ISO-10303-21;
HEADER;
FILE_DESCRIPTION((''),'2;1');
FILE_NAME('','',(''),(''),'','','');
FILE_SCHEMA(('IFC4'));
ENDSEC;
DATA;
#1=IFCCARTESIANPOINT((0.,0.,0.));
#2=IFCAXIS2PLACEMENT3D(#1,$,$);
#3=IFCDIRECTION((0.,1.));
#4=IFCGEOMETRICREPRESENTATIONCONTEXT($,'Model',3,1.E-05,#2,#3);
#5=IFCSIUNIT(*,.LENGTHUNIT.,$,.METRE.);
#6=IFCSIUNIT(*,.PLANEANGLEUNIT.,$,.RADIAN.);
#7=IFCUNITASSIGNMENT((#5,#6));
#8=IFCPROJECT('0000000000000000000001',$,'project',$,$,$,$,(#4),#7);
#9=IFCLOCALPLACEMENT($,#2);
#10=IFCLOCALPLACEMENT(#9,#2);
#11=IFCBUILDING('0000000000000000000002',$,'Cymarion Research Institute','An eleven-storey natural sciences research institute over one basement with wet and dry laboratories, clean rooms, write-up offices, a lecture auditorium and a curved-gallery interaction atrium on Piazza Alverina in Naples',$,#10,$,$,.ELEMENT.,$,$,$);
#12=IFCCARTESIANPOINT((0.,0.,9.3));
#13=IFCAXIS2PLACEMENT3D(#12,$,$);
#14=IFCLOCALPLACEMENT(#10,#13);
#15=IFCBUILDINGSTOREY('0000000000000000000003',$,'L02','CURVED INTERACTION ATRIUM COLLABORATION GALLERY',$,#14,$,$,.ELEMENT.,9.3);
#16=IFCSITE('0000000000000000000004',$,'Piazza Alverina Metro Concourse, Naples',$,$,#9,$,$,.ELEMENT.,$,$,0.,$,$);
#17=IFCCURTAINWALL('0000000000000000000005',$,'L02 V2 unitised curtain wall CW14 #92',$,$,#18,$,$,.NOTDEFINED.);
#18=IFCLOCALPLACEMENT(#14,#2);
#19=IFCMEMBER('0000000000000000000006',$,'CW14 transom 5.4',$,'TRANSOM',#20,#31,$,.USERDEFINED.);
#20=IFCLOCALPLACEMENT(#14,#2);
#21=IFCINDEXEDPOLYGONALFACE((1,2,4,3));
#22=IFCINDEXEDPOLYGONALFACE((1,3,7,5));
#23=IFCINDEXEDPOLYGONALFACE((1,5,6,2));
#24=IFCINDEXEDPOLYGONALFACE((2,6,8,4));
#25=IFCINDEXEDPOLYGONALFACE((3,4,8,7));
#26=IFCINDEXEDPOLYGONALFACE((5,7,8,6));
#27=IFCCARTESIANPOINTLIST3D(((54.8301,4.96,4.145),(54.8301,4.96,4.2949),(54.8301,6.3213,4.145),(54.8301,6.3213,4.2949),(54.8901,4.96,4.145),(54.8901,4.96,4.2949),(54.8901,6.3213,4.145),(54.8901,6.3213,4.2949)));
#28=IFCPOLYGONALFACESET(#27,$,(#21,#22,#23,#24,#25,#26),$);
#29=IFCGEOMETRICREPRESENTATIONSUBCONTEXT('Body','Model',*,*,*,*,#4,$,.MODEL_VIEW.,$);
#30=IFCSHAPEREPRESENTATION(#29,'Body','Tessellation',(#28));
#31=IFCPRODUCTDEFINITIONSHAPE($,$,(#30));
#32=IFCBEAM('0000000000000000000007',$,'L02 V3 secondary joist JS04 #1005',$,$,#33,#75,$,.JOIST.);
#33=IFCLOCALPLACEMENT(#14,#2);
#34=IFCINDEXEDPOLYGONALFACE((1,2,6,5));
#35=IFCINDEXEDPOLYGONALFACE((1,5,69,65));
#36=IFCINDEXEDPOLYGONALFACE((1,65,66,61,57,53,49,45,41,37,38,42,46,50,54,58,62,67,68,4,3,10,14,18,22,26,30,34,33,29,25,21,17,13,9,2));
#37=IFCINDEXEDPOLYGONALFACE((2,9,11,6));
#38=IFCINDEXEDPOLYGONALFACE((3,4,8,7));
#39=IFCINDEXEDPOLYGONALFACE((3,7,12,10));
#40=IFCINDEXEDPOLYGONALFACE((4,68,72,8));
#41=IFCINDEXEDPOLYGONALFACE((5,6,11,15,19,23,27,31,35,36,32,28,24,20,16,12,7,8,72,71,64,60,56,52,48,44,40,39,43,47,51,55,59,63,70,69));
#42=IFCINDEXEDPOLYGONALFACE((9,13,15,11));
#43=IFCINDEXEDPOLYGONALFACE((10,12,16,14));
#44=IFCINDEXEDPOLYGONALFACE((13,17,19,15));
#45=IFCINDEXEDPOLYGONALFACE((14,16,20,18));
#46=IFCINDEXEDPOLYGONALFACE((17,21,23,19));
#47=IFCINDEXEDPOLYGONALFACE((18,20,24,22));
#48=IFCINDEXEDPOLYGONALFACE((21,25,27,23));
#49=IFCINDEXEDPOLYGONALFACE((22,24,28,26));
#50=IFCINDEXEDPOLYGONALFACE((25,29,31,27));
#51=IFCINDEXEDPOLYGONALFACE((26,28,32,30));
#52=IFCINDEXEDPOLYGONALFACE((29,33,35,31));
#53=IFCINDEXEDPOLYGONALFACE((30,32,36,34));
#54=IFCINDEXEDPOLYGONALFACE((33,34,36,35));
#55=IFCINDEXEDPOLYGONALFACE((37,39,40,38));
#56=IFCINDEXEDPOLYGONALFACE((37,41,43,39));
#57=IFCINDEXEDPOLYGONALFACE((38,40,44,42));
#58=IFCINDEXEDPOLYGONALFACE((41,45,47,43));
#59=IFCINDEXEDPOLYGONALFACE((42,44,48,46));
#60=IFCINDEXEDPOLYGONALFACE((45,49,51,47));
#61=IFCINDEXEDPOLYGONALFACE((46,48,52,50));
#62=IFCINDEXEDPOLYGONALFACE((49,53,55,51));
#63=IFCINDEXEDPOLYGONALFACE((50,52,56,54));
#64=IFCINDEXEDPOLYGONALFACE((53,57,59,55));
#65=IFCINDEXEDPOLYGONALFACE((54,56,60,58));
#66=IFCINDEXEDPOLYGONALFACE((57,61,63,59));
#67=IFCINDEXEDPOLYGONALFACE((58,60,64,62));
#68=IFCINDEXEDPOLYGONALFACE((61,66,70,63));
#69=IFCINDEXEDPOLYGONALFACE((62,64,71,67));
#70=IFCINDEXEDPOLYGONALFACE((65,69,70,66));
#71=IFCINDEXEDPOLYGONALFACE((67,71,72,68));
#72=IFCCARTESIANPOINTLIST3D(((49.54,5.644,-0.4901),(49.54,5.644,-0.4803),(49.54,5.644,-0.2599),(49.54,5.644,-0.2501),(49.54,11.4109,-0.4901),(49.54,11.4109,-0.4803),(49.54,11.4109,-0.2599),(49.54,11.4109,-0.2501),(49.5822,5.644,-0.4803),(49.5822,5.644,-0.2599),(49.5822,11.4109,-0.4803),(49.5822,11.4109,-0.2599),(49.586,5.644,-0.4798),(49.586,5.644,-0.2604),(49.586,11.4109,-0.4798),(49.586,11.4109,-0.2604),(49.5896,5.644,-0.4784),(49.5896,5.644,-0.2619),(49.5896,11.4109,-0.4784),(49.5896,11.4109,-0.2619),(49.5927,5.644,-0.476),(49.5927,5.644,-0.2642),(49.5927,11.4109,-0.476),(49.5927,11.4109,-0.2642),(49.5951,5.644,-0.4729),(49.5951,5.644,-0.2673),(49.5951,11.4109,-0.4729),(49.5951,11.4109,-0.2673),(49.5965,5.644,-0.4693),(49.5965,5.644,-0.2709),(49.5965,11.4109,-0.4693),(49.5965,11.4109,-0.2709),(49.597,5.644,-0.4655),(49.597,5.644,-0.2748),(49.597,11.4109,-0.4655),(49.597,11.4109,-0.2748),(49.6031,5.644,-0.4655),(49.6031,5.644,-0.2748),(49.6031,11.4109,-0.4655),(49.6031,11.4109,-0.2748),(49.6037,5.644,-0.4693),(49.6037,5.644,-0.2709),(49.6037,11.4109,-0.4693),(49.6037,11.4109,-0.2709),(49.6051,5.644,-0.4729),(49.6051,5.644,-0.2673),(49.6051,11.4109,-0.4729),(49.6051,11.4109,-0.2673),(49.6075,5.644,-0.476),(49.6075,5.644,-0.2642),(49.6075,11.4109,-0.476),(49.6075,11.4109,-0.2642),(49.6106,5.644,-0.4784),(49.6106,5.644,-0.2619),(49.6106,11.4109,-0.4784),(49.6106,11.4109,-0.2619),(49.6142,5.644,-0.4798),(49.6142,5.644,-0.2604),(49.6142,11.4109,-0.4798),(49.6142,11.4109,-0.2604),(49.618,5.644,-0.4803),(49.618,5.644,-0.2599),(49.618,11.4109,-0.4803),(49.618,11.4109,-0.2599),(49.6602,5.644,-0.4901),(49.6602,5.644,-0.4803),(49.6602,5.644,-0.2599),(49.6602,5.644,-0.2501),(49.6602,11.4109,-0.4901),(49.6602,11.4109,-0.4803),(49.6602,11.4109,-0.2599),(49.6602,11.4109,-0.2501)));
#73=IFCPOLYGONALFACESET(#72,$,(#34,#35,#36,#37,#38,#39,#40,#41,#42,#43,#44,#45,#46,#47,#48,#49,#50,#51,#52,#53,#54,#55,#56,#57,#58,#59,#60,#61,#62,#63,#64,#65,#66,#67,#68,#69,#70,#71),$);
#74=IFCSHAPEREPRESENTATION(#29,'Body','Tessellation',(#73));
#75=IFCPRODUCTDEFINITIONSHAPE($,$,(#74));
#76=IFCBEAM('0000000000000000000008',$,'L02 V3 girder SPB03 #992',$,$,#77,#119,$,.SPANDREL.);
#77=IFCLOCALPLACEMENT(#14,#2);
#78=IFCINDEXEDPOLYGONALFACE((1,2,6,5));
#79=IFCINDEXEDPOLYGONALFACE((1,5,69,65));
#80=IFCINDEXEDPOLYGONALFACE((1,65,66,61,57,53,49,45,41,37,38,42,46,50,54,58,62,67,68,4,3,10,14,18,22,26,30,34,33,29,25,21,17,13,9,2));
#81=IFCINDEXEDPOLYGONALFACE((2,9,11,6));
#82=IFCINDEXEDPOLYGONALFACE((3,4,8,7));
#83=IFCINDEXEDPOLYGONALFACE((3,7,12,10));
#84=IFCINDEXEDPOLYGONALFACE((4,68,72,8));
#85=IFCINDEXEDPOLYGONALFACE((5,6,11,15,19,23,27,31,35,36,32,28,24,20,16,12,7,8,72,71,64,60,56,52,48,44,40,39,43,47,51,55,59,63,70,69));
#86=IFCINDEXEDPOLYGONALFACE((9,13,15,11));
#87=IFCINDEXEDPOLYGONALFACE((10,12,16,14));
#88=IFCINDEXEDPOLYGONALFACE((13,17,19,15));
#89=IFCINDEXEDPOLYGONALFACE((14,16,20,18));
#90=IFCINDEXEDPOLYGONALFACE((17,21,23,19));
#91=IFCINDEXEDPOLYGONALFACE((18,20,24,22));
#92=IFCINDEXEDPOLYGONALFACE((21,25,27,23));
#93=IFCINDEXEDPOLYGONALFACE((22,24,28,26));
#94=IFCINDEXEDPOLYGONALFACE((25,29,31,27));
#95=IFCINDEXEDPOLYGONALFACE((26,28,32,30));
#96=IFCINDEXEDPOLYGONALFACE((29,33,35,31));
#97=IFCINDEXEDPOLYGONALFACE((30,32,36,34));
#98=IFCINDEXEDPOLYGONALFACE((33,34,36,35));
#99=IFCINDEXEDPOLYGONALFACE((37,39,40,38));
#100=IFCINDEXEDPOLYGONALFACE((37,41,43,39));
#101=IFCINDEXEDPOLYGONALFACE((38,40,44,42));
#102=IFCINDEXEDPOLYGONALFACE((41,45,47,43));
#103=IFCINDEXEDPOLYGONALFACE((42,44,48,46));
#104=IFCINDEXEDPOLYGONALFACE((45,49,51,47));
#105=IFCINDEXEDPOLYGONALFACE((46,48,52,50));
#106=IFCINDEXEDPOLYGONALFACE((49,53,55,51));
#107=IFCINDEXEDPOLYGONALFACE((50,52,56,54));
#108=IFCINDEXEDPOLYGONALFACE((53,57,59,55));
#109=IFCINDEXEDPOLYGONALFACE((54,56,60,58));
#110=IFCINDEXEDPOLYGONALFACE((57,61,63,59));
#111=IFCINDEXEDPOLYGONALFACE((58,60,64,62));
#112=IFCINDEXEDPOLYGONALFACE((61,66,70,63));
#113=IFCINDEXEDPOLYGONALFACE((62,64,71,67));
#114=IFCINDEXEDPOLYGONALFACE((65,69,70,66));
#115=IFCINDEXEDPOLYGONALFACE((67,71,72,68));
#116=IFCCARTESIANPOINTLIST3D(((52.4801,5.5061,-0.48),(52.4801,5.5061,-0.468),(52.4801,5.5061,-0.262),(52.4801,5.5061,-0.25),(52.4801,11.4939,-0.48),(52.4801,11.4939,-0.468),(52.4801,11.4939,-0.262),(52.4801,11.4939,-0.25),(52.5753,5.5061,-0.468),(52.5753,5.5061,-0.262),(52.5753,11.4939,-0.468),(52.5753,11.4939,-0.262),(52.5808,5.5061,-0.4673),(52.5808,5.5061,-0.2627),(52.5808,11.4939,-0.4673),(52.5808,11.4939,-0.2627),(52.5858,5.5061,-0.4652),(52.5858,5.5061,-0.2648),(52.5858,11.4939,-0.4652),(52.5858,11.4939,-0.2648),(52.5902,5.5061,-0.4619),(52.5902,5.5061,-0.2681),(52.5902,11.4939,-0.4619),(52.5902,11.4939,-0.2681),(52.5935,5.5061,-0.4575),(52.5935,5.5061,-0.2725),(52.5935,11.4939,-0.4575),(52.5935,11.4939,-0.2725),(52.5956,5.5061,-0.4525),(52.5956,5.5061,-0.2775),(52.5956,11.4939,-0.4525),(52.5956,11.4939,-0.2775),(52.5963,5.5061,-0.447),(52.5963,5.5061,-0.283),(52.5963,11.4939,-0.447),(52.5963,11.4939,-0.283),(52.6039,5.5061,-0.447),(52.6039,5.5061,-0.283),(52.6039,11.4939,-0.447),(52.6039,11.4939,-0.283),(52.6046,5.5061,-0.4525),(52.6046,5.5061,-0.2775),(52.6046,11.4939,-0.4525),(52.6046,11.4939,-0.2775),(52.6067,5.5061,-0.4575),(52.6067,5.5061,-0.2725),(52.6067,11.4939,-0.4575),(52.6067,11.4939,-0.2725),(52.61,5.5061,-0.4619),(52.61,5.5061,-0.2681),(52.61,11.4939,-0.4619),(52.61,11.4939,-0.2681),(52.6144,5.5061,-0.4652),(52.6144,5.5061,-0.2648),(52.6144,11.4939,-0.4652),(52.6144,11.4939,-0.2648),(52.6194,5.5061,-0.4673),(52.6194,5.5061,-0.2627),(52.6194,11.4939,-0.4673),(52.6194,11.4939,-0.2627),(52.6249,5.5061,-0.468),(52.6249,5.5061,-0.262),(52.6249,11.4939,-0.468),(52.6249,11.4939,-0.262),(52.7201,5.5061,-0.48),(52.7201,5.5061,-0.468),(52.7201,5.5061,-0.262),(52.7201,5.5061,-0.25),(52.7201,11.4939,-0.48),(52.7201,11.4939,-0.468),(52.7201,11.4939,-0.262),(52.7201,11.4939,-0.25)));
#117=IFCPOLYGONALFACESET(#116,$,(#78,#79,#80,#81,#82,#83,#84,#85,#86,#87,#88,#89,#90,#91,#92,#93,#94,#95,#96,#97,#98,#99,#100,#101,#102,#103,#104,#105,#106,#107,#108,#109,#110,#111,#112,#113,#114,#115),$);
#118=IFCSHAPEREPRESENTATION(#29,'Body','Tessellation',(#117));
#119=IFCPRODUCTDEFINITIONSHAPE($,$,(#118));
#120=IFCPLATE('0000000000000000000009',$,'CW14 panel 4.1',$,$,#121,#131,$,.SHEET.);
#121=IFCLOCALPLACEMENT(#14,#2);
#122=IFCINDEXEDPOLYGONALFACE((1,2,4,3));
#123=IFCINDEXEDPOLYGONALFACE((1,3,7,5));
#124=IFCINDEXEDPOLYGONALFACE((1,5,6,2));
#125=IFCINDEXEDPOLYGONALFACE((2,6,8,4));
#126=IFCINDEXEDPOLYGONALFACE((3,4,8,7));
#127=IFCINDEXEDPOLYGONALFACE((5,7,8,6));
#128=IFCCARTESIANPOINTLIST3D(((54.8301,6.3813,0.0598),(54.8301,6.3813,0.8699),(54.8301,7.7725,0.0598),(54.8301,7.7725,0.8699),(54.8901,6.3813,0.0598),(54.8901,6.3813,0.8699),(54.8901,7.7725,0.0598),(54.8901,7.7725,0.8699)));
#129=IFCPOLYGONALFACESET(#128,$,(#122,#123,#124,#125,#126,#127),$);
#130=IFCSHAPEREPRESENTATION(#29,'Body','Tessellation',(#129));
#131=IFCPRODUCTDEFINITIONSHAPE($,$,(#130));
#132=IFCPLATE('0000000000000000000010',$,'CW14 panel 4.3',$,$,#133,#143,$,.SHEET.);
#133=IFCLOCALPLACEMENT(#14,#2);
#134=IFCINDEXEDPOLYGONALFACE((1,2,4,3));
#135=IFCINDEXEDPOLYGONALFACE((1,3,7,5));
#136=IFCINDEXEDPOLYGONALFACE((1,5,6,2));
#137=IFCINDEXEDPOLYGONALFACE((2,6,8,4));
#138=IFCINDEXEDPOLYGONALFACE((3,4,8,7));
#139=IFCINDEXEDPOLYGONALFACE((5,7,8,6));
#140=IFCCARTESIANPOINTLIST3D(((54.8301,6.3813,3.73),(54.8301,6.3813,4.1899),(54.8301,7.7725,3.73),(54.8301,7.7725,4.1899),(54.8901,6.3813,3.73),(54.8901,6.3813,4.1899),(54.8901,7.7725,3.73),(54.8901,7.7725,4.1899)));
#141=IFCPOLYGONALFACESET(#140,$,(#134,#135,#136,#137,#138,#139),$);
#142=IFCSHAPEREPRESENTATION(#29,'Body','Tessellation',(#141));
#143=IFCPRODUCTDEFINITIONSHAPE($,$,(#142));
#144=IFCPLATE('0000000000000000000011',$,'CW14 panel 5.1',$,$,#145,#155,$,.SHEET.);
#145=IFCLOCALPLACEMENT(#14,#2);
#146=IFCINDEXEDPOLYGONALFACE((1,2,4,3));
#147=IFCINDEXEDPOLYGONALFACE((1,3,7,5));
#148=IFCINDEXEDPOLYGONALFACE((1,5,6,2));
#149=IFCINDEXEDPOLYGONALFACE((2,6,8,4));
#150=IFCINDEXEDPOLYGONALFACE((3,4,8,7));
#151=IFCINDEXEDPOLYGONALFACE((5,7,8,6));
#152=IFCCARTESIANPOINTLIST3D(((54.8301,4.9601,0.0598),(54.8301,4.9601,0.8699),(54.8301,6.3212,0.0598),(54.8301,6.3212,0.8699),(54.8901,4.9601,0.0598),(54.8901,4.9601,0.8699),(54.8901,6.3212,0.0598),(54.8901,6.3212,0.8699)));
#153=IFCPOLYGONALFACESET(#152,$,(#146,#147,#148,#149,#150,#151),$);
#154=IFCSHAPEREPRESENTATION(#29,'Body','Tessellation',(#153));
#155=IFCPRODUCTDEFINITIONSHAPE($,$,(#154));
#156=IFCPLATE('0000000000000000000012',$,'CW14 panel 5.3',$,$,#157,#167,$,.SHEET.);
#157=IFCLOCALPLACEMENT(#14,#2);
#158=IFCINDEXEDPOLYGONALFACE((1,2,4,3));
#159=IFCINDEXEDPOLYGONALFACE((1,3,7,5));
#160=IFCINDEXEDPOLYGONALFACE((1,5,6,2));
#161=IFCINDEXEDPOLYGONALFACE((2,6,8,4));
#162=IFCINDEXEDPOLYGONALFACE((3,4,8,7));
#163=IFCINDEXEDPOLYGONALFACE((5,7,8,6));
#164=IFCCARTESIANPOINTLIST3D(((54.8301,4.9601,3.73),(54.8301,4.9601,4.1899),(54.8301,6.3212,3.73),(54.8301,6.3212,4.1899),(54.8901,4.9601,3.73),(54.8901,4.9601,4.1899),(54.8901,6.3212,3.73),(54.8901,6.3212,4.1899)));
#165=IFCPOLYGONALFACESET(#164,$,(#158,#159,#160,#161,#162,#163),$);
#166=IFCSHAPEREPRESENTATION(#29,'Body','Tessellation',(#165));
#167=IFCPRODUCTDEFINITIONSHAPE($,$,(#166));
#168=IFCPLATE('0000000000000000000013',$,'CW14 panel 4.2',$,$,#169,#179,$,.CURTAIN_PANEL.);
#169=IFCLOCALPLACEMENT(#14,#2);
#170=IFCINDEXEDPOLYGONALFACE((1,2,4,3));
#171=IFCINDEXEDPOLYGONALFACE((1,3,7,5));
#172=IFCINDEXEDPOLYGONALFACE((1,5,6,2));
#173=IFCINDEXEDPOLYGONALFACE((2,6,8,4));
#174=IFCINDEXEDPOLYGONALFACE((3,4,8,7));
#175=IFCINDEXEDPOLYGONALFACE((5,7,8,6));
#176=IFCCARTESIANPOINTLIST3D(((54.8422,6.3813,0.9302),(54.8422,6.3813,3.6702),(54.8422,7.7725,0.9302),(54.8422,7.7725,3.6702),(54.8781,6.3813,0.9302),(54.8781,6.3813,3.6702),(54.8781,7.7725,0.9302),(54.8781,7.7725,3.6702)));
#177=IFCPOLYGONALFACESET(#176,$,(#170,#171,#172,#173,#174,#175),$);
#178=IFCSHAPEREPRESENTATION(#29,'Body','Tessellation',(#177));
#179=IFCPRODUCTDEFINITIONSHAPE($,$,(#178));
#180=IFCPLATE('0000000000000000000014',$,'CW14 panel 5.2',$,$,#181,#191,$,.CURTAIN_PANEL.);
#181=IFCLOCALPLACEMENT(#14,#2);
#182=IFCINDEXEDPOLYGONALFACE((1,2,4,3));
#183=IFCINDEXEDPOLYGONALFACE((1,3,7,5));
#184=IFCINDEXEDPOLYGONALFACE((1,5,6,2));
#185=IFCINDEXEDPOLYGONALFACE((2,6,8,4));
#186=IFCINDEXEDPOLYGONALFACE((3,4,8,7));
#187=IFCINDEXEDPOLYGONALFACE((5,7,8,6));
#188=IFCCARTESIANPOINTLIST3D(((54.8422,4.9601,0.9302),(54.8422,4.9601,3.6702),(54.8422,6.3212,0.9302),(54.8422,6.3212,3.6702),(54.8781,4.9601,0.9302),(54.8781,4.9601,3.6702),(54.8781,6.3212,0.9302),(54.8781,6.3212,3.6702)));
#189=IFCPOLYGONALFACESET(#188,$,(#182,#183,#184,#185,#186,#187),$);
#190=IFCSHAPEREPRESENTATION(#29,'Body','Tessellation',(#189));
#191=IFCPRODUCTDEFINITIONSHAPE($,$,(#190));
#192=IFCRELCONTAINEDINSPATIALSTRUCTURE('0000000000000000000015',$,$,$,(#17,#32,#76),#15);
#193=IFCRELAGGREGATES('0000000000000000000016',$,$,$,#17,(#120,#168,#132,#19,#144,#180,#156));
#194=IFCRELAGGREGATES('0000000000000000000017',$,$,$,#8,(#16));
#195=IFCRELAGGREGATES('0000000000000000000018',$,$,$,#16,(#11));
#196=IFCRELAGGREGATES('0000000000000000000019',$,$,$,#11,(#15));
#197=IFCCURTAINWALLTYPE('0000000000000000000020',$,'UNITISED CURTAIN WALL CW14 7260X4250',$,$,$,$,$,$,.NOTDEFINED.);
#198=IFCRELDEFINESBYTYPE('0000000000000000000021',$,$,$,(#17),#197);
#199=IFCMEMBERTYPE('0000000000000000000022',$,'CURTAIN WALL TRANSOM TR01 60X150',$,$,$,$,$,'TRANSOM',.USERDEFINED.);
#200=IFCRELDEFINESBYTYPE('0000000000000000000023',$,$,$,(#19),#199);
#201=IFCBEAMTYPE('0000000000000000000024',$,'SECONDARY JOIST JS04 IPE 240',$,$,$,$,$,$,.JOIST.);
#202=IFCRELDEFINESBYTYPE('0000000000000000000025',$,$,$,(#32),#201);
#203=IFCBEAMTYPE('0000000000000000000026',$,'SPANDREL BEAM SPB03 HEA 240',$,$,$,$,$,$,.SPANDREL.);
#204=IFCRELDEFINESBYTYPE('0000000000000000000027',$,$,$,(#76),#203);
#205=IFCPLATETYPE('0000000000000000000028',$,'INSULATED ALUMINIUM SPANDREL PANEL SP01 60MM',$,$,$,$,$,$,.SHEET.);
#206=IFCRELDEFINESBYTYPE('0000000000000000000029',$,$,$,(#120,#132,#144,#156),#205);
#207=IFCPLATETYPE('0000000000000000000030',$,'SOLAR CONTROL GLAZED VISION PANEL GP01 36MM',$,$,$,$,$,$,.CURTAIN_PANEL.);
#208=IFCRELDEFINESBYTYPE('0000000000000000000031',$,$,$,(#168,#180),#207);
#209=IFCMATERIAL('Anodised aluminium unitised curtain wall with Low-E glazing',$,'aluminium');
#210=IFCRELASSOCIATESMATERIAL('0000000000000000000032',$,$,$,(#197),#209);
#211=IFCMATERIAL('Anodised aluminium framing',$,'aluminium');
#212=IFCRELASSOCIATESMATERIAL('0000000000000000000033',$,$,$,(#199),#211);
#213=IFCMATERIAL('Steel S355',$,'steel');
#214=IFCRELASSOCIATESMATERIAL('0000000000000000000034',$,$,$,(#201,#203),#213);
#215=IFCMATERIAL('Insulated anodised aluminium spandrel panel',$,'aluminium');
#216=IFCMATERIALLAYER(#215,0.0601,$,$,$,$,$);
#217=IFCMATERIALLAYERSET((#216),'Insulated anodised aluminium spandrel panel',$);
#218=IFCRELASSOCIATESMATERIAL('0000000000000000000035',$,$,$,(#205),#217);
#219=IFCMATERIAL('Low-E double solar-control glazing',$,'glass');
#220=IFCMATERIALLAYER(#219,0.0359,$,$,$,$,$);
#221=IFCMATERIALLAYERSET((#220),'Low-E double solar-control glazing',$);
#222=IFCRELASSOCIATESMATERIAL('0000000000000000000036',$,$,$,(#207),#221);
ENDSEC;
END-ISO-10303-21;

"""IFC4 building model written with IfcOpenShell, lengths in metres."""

from ifc_helpers import new_model, si_unit, direction, frame, origin, origin_2d, place, context, subcontext, project, spatial, rectangle, i_section, extrude, material, layer, layer_set, material_profile, profile_set, type_object, element, aggregate, save


model = new_model("IFC4")

# Units and contexts
model_context = context("Model", 3, precision=1e-05, world=origin(), true_north=direction((0.0, 1.0)))
body_context = subcontext(model_context, "Body", "Model", "MODEL_VIEW")
ifc_project = project(units=[si_unit("LENGTHUNIT", "METRE"), si_unit("PLANEANGLEUNIT", "RADIAN")], contexts=[model_context])

# Site, building, storey
site_placement = place(None, origin())
site = spatial("IfcSite", under=ifc_project, at=site_placement, Name="Piazza Alverina Metro Concourse, Naples", CompositionType="ELEMENT", RefElevation=0.0)
building_placement = place(site_placement, origin())
building = spatial("IfcBuilding", under=site, at=building_placement, Name="Cymarion Research Institute", Description="An eleven-storey natural sciences research institute over one basement with wet and dry laboratories, clean rooms, write-up offices, a lecture auditorium and a curved-gallery interaction atrium on Piazza Alverina in Naples", CompositionType="ELEMENT")
storey_placement = place(building_placement, frame((0.0, 0.0, 9.3)))
storey = spatial("IfcBuildingStorey", under=building, at=storey_placement, Name="L02", Description="CURVED INTERACTION ATRIUM COLLABORATION GALLERY", CompositionType="ELEMENT", Elevation=9.3)

# Shared definitions
ifc_material_1 = material(Name="Steel S355", Category="steel")

# Curtain wall, member
ifc_material_2 = material(Name="Anodised aluminium unitised curtain wall with Low-E glazing", Category="aluminium")
curtain_wall_type = type_object("IfcCurtainWallType", Name="UNITISED CURTAIN WALL CW14 7260X4250", PredefinedType="NOTDEFINED", material=ifc_material_2)
curtain_wall_placement = place(storey_placement, origin())
curtain_wall = element("IfcCurtainWall", 1, at=curtain_wall_placement, inside=storey, type_object=curtain_wall_type, Name="L02 V2 unitised curtain wall CW14 #92", PredefinedType="NOTDEFINED")
ifc_material_3 = material(Name="Anodised aluminium framing", Category="aluminium")
ifc_material_profile_1 = material_profile(ifc_material_3, rectangle(XDim=0.0601, YDim=0.1499, at=origin_2d()), Name="ALU TRANSOM 60x150")
ifc_profile_set_1 = profile_set([ifc_material_profile_1], Name="Anodised aluminium framing")
member_type_1 = type_object("IfcMemberType", Name="CURTAIN WALL TRANSOM TR01 60X150", ElementType="TRANSOM", PredefinedType="USERDEFINED", material=ifc_profile_set_1)
member_1_placement = place(storey_placement, frame((54.8601, 6.3213, 4.22), z_axis=(0.0, -1.0, 0.0), x_axis=(1.0, 0.0, 0.0)))
member_1 = element("IfcMember", 2, at=member_1_placement, type_object=member_type_1, Name="CW14 transom 5.4", ObjectType="TRANSOM", PredefinedType="USERDEFINED", context=body_context, shape_type="SweptSolid", body=[
    extrude(rectangle(XDim=0.0601, YDim=0.1499, at=origin_2d()), origin(), (0.0, 0.0, 1.0), 1.3613),
])

# Beams
ifc_material_profile_2 = material_profile(ifc_material_1, i_section(OverallWidth=0.1201, OverallDepth=0.24, WebThickness=0.0061, FlangeThickness=0.0098, FilletRadius=0.0149, at=origin_2d()), Name="IPE 240")
ifc_profile_set_2 = profile_set([ifc_material_profile_2], Name="Steel S355")
beam_type_1 = type_object("IfcBeamType", Name="SECONDARY JOIST JS04 IPE 240", PredefinedType="JOIST", material=ifc_profile_set_2)
beam_1_placement = place(storey_placement, frame((49.6001, 5.644, -0.3701), z_axis=(0.0, 1.0, 0.0), x_axis=(-1.0, 0.0, 0.0)))
element("IfcBeam", 3, at=beam_1_placement, inside=storey, type_object=beam_type_1, Name="L02 V3 secondary joist JS04 #1005", PredefinedType="JOIST", context=body_context, shape_type="SweptSolid", body=[
    extrude(i_section(OverallWidth=0.1201, OverallDepth=0.24, WebThickness=0.0061, FlangeThickness=0.0098, FilletRadius=0.0149, at=origin_2d()), origin(), (0.0, 0.0, 1.0), 5.7668),
])
ifc_material_profile_3 = material_profile(ifc_material_1, i_section(OverallWidth=0.24, OverallDepth=0.23, WebThickness=0.0076, FlangeThickness=0.012, FilletRadius=0.021, at=origin_2d()), Name="HEA 240")
ifc_profile_set_3 = profile_set([ifc_material_profile_3], Name="Steel S355")
beam_type_2 = type_object("IfcBeamType", Name="SPANDREL BEAM SPB03 HEA 240", PredefinedType="SPANDREL", material=ifc_profile_set_3)
beam_2_placement = place(storey_placement, frame((52.6001, 5.5061, -0.365), z_axis=(0.0, 1.0, 0.0), x_axis=(-1.0, 0.0, 0.0)))
element("IfcBeam", 4, at=beam_2_placement, inside=storey, type_object=beam_type_2, Name="L02 V3 girder SPB03 #992", PredefinedType="SPANDREL", context=body_context, shape_type="SweptSolid", body=[
    extrude(i_section(OverallWidth=0.24, OverallDepth=0.23, WebThickness=0.0076, FlangeThickness=0.012, FilletRadius=0.021, at=origin_2d()), origin(), (0.0, 0.0, 1.0), 5.9878),
])

# Plates
ifc_material_4 = material(Name="Insulated anodised aluminium spandrel panel", Category="aluminium")
ifc_layer_1 = layer(ifc_material_4, 0.0601)
ifc_layer_set_1 = layer_set([ifc_layer_1], Name="Insulated anodised aluminium spandrel panel")
plate_type_1 = type_object("IfcPlateType", Name="INSULATED ALUMINIUM SPANDREL PANEL SP01 60MM", PredefinedType="SHEET", material=ifc_layer_set_1)
plate_1_placement = place(storey_placement, frame((54.8601, 7.0769, 0.0598), z_axis=(0.0, 0.0, 1.0), x_axis=(0.0, -1.0, 0.0)))
plate_1 = element("IfcPlate", 5, at=plate_1_placement, type_object=plate_type_1, Name="CW14 panel 4.1", PredefinedType="SHEET", context=body_context, shape_type="SweptSolid", body=[
    extrude(rectangle(XDim=1.3911, YDim=0.0601, at=origin_2d()), origin(), (0.0, 0.0, 1.0), 0.8101),
])
plate_2_placement = place(storey_placement, frame((54.8601, 7.0769, 3.73), z_axis=(0.0, 0.0, 1.0), x_axis=(0.0, -1.0, 0.0)))
plate_2 = element("IfcPlate", 6, at=plate_2_placement, type_object=plate_type_1, Name="CW14 panel 4.3", PredefinedType="SHEET", context=body_context, shape_type="SweptSolid", body=[
    extrude(rectangle(XDim=1.3911, YDim=0.0601, at=origin_2d()), origin(), (0.0, 0.0, 1.0), 0.46),
])
plate_3_placement = place(storey_placement, frame((54.8601, 5.6406, 0.0598), z_axis=(0.0, 0.0, 1.0), x_axis=(0.0, -1.0, 0.0)))
plate_3 = element("IfcPlate", 7, at=plate_3_placement, type_object=plate_type_1, Name="CW14 panel 5.1", PredefinedType="SHEET", context=body_context, shape_type="SweptSolid", body=[
    extrude(rectangle(XDim=1.3611, YDim=0.0601, at=origin_2d()), origin(), (0.0, 0.0, 1.0), 0.8101),
])
plate_4_placement = place(storey_placement, frame((54.8601, 5.6406, 3.73), z_axis=(0.0, 0.0, 1.0), x_axis=(0.0, -1.0, 0.0)))
plate_4 = element("IfcPlate", 8, at=plate_4_placement, type_object=plate_type_1, Name="CW14 panel 5.3", PredefinedType="SHEET", context=body_context, shape_type="SweptSolid", body=[
    extrude(rectangle(XDim=1.3611, YDim=0.0601, at=origin_2d()), origin(), (0.0, 0.0, 1.0), 0.46),
])
ifc_material_5 = material(Name="Low-E double solar-control glazing", Category="glass")
ifc_layer_2 = layer(ifc_material_5, 0.0359)
ifc_layer_set_2 = layer_set([ifc_layer_2], Name="Low-E double solar-control glazing")
plate_type_2 = type_object("IfcPlateType", Name="SOLAR CONTROL GLAZED VISION PANEL GP01 36MM", PredefinedType="CURTAIN_PANEL", material=ifc_layer_set_2)
plate_5_placement = place(storey_placement, frame((54.8601, 7.0769, 0.9302), z_axis=(0.0, 0.0, 1.0), x_axis=(0.0, -1.0, 0.0)))
plate_5 = element("IfcPlate", 9, at=plate_5_placement, type_object=plate_type_2, Name="CW14 panel 4.2", PredefinedType="CURTAIN_PANEL", context=body_context, shape_type="SweptSolid", body=[
    extrude(rectangle(XDim=1.3911, YDim=0.0359, at=origin_2d()), origin(), (0.0, 0.0, 1.0), 2.74),
])
plate_6_placement = place(storey_placement, frame((54.8601, 5.6406, 0.9302), z_axis=(0.0, 0.0, 1.0), x_axis=(0.0, -1.0, 0.0)))
plate_6 = element("IfcPlate", 10, at=plate_6_placement, type_object=plate_type_2, Name="CW14 panel 5.2", PredefinedType="CURTAIN_PANEL", context=body_context, shape_type="SweptSolid", body=[
    extrude(rectangle(XDim=1.3611, YDim=0.0359, at=origin_2d()), origin(), (0.0, 0.0, 1.0), 2.74),
])
aggregate(curtain_wall, [plate_1, plate_5, plate_2, member_1, plate_3, plate_6, plate_4])

save(model, "model.ifc")
